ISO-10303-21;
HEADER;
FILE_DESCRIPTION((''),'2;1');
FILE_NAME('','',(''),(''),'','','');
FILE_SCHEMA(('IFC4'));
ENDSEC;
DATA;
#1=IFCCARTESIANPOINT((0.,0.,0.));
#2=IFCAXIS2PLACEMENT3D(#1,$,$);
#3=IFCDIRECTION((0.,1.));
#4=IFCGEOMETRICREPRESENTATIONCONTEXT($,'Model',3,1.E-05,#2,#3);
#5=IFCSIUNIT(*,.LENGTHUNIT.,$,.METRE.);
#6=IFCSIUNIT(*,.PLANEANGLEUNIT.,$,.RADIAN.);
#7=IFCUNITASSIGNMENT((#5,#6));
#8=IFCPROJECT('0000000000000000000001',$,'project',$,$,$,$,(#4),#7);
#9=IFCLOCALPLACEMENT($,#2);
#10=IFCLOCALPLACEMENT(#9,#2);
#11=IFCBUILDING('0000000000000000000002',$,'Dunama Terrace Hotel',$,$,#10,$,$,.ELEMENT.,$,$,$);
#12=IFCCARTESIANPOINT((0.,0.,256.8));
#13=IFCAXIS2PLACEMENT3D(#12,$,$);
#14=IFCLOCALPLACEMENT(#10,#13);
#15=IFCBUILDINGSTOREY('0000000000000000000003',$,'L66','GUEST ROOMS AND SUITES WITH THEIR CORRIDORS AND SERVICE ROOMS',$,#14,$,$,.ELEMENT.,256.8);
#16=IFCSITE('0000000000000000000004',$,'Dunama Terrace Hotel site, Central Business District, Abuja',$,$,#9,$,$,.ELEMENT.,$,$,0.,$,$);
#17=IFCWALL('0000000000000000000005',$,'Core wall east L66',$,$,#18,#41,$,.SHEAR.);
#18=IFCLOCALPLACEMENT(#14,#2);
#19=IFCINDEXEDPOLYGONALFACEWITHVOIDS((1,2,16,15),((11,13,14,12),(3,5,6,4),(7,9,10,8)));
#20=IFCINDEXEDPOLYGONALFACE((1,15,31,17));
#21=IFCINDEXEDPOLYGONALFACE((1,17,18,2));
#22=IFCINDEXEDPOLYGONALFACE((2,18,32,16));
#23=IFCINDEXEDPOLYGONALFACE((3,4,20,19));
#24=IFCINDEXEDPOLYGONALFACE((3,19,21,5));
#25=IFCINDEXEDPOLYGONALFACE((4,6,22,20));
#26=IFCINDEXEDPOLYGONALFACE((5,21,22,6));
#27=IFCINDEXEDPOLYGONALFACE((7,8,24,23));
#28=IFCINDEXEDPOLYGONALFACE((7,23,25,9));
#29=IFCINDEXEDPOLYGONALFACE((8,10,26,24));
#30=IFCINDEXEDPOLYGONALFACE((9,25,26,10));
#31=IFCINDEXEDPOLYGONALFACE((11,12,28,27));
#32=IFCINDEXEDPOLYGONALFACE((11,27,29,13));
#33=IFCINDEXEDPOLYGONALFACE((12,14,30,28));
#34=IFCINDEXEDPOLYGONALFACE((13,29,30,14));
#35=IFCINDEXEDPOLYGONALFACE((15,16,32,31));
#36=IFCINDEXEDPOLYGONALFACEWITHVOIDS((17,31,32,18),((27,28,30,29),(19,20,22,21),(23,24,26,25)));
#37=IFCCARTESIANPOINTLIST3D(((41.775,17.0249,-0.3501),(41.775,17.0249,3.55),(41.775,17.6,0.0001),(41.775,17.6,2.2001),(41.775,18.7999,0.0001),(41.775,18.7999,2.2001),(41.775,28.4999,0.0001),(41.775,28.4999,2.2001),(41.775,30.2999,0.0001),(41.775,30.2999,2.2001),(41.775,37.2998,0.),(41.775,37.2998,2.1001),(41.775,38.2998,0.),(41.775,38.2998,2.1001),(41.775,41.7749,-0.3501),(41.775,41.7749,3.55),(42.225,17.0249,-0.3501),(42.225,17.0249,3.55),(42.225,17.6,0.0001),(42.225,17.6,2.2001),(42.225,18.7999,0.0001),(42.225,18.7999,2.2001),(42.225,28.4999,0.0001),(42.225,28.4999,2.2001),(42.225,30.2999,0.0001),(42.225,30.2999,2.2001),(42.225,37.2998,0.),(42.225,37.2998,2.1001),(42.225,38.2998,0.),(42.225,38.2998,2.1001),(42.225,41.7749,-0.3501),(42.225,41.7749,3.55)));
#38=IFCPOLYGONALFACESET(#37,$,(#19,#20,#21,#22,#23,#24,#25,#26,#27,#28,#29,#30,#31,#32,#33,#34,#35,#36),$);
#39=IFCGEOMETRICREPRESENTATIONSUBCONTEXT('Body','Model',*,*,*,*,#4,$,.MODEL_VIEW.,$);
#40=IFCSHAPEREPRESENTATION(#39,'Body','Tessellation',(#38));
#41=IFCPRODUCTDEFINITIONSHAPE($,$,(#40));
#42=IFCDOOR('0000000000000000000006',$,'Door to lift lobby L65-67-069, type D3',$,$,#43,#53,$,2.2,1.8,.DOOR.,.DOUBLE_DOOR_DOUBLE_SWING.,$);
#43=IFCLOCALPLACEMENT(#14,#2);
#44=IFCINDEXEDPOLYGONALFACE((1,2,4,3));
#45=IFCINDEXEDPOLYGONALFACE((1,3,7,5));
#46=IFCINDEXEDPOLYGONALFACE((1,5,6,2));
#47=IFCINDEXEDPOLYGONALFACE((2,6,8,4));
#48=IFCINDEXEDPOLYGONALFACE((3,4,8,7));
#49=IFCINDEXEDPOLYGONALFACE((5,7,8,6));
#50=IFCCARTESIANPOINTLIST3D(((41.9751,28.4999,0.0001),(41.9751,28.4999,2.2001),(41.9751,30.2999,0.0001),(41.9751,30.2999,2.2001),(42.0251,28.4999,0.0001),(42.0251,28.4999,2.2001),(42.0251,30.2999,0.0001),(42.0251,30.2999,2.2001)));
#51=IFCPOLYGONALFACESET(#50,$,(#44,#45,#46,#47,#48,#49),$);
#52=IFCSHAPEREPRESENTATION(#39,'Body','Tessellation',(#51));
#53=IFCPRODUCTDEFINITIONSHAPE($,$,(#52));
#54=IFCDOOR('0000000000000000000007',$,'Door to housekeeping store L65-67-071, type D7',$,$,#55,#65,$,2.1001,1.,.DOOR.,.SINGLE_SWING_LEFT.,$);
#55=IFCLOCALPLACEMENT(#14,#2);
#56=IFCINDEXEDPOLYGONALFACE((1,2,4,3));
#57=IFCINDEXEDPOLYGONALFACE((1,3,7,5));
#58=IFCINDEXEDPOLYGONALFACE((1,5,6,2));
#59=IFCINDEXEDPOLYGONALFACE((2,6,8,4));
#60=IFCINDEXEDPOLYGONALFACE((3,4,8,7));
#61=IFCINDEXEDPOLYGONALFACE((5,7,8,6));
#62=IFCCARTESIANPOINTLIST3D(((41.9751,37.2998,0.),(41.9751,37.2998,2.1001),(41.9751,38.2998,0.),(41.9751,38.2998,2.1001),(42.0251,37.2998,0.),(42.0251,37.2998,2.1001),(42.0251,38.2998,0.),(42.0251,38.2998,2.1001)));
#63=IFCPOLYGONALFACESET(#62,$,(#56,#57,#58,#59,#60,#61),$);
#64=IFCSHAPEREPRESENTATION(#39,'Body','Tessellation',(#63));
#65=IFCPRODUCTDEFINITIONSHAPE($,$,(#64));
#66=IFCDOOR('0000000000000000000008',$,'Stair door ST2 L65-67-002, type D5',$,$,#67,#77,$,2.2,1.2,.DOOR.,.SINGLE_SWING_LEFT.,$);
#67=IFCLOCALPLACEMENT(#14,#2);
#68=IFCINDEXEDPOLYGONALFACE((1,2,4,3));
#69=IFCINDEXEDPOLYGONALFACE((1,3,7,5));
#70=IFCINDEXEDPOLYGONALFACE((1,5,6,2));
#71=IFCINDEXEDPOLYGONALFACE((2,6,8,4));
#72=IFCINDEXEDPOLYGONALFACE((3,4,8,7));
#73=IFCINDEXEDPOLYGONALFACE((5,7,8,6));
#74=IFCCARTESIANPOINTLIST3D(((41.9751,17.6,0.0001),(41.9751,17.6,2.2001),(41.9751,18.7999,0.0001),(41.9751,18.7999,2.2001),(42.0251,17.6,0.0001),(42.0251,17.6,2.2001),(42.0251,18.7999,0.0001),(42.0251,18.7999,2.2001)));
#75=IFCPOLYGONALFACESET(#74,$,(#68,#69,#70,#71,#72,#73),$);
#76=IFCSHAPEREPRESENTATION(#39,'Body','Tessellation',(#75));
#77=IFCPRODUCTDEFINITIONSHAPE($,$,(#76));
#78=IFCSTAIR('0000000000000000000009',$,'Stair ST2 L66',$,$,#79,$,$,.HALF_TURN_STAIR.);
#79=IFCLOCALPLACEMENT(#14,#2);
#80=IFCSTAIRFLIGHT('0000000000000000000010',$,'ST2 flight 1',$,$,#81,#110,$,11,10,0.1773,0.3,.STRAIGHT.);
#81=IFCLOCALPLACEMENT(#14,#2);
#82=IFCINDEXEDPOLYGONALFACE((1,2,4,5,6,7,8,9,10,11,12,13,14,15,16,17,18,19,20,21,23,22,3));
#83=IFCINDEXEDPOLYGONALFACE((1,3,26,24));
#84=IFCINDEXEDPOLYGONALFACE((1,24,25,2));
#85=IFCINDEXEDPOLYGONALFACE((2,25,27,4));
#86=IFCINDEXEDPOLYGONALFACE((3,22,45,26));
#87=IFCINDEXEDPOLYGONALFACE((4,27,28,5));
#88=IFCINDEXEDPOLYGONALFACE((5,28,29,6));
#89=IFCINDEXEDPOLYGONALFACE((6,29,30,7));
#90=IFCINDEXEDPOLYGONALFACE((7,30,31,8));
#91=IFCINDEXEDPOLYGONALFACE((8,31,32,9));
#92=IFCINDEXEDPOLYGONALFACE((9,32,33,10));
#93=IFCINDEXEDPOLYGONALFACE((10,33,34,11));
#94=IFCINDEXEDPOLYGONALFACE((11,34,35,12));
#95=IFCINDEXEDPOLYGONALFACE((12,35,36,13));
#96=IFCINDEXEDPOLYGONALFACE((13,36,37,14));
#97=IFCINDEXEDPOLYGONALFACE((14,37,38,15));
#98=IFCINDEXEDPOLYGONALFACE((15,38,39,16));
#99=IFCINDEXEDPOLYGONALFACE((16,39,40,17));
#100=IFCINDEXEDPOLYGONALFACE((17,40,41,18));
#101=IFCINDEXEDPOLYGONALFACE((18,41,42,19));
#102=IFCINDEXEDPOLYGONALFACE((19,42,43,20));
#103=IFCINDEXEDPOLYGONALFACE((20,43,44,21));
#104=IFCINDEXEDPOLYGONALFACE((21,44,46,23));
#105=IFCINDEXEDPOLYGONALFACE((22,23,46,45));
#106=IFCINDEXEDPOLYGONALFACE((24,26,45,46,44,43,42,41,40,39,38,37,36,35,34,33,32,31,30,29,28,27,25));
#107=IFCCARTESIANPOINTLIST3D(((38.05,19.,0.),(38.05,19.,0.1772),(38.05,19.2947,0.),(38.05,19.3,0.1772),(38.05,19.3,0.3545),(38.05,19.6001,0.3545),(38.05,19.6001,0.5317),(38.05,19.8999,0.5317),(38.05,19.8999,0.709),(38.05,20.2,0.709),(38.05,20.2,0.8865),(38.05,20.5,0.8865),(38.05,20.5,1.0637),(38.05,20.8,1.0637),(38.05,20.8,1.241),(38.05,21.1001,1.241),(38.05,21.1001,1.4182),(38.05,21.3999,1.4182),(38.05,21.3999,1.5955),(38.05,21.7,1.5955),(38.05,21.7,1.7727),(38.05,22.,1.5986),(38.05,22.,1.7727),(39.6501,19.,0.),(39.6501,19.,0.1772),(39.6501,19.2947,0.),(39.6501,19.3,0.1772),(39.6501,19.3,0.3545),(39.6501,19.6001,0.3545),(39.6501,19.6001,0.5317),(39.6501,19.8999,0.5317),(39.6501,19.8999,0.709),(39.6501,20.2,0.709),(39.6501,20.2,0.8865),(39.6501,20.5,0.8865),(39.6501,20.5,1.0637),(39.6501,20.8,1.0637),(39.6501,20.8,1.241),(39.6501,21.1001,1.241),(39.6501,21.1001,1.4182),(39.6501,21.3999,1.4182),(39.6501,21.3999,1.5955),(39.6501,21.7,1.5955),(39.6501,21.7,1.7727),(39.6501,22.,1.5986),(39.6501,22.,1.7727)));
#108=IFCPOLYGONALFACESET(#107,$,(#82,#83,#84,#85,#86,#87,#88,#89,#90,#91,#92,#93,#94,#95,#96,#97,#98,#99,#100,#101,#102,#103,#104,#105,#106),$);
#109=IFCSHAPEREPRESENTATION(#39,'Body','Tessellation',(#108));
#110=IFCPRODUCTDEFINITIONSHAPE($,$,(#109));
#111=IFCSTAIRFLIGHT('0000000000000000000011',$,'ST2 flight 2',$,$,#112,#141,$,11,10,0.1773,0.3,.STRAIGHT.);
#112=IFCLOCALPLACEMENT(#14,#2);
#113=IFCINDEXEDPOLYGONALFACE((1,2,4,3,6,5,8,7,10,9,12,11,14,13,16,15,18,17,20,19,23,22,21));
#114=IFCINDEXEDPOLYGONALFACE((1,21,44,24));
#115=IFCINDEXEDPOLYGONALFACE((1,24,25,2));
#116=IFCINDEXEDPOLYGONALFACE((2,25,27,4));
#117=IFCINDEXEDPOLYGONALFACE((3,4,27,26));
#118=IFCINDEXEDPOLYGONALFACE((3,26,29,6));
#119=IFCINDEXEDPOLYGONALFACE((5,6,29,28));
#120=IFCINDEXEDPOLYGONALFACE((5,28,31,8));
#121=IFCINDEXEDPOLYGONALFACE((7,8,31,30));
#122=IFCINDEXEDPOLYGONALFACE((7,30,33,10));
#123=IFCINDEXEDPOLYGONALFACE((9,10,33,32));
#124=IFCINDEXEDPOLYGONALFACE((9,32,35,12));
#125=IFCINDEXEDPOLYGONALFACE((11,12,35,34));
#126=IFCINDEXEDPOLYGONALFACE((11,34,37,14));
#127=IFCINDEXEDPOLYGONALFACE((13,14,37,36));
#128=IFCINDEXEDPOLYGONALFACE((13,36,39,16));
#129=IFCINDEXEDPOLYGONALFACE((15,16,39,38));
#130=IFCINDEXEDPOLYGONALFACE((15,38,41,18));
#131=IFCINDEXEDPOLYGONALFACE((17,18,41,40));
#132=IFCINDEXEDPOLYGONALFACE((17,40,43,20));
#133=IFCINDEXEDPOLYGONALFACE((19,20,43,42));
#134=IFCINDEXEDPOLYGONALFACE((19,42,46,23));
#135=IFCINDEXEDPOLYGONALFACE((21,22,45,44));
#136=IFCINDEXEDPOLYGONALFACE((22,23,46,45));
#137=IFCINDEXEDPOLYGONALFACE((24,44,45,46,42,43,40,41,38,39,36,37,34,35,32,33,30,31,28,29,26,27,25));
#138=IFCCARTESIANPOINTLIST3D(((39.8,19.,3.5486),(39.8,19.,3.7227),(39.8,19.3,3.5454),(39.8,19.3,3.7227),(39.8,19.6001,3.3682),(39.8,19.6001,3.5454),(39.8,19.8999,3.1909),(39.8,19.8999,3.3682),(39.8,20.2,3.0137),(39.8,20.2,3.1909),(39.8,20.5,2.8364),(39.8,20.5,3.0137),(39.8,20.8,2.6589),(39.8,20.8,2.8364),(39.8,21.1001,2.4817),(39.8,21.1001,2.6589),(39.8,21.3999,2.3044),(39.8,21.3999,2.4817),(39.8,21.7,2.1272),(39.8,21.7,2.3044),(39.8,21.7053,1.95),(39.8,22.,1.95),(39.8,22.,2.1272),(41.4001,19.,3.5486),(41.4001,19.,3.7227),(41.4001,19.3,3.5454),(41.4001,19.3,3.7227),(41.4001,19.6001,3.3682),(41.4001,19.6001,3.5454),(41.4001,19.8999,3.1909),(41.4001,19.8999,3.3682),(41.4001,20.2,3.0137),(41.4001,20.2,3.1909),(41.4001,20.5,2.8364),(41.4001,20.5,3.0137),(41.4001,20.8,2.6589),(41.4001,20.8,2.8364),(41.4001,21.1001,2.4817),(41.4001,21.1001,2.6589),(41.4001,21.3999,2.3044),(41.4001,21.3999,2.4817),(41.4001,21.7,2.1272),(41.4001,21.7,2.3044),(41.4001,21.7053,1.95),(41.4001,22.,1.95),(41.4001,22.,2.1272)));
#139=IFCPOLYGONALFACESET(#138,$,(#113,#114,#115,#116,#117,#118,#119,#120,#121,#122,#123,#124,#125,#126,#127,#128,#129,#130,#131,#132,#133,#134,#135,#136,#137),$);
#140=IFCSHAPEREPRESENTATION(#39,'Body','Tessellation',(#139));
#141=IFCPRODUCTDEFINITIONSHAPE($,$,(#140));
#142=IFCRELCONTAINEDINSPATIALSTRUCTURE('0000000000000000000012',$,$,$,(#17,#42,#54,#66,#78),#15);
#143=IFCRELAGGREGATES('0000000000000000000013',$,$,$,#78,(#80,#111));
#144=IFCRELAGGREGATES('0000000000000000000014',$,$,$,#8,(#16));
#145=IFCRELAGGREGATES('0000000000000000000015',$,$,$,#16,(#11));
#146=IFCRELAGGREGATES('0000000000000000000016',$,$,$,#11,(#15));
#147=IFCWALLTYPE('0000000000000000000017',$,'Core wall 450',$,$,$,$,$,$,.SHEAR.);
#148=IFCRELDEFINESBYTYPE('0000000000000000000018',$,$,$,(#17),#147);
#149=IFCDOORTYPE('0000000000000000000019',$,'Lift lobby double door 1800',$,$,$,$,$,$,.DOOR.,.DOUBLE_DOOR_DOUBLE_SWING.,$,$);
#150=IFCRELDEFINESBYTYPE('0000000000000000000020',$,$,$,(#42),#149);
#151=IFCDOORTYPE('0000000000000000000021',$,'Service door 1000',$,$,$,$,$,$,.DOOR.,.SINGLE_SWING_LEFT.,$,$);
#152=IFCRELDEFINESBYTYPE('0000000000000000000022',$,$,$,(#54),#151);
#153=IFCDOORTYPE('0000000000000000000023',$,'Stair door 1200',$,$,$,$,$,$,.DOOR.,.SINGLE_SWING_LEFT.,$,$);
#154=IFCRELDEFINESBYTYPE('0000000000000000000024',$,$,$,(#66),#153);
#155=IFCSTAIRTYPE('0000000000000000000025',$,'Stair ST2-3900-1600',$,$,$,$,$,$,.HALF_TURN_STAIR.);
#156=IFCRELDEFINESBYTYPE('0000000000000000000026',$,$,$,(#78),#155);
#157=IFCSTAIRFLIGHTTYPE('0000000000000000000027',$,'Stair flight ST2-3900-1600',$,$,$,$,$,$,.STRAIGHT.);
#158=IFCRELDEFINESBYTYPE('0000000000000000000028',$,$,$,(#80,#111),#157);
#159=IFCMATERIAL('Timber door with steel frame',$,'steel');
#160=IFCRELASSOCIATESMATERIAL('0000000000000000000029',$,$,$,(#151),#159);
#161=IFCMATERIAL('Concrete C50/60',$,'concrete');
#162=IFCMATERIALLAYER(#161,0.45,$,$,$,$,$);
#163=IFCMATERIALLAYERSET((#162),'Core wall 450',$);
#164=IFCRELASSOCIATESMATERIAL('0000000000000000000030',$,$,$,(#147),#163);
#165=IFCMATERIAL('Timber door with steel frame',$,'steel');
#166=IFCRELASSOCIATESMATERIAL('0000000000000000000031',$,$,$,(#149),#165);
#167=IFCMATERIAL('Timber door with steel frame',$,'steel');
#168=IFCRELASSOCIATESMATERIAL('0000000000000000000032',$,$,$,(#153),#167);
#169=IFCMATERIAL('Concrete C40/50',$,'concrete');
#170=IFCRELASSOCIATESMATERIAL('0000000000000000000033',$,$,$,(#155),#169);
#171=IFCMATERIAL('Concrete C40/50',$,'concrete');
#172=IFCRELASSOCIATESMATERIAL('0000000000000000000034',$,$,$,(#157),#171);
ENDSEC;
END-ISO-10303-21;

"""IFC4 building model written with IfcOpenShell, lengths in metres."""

from ifc_helpers import new_model, si_unit, direction, frame, frame_2d, origin, place, context, subcontext, project, spatial, polyline, rectangle, outline, extrude, material, layer, layer_set, type_object, element, fill, aggregate, save


model = new_model("IFC4")

# Units and contexts
model_context = context("Model", 3, precision=1e-05, world=origin(), true_north=direction((0.0, 1.0)))
body_context = subcontext(model_context, "Body", "Model", "MODEL_VIEW")
ifc_project = project(units=[si_unit("LENGTHUNIT", "METRE"), si_unit("PLANEANGLEUNIT", "RADIAN")], contexts=[model_context])

# Site, building, storey
site_placement = place(None, origin())
site = spatial("IfcSite", under=ifc_project, at=site_placement, Name="Dunama Terrace Hotel site, Central Business District, Abuja", CompositionType="ELEMENT", RefElevation=0.0)
building_placement = place(site_placement, origin())
building = spatial("IfcBuilding", under=site, at=building_placement, Name="Dunama Terrace Hotel", CompositionType="ELEMENT")
storey_placement = place(building_placement, frame((0.0, 0.0, 256.8)))
storey = spatial("IfcBuildingStorey", under=building, at=storey_placement, Name="L66", Description="GUEST ROOMS AND SUITES WITH THEIR CORRIDORS AND SERVICE ROOMS", CompositionType="ELEMENT", Elevation=256.8)

# Shared definitions
ifc_material_1 = material(Name="Timber door with steel frame", Category="steel")
door_type_1 = type_object("IfcDoorType", Name="Service door 1000", OperationType="SINGLE_SWING_LEFT", PredefinedType="DOOR", material=ifc_material_1)

# Wall, openings, doors
ifc_material_2 = material(Name="Concrete C50/60", Category="concrete")
ifc_layer_1 = layer(ifc_material_2, 0.45)
ifc_layer_set_1 = layer_set([ifc_layer_1], Name="Core wall 450")
wall_type_1 = type_object("IfcWallType", Name="Core wall 450", PredefinedType="SHEAR", material=ifc_layer_set_1)
wall_1_placement = place(storey_placement, frame((42.0, 17.0249, -0.3501), z_axis=(0.0, 0.0, 1.0), x_axis=(0.0, 1.0, 0.0)))
wall_1 = element("IfcWall", 1, at=wall_1_placement, inside=storey, type_object=wall_type_1, Name="Core wall east L66", PredefinedType="SHEAR", context=body_context, shape_type="SweptSolid", body=[
    extrude(rectangle(XDim=24.75, YDim=0.45, at=frame_2d((12.375, 0.0))), origin(), (0.0, 0.0, 1.0), 3.9001),
])
opening_1_placement = place(wall_1_placement, frame((0.575, 0.0, 0.3501)))
opening_1 = element("IfcOpeningElement", 2, at=opening_1_placement, cuts=wall_1, PredefinedType="OPENING", context=body_context, shape_type="SweptSolid", body=[
    extrude(rectangle(XDim=1.2, YDim=2.2, at=frame_2d((0.6001, 1.1001))), frame((0.0, 0.2349, 0.0), z_axis=(0.0, -1.0, 0.0), x_axis=(1.0, 0.0, 0.0)), (0.0, 0.0, 1.0), 0.47),
])
opening_2_placement = place(wall_1_placement, frame((11.4751, 0.0, 0.3501)))
opening_2 = element("IfcOpeningElement", 3, at=opening_2_placement, cuts=wall_1, PredefinedType="OPENING", context=body_context, shape_type="SweptSolid", body=[
    extrude(rectangle(XDim=1.8, YDim=2.2, at=frame_2d((0.8999, 1.1001))), frame((0.0, 0.2349, 0.0), z_axis=(0.0, -1.0, 0.0), x_axis=(1.0, 0.0, 0.0)), (0.0, 0.0, 1.0), 0.47),
])
opening_3_placement = place(wall_1_placement, frame((20.2749, 0.0, 0.3501)))
opening_3 = element("IfcOpeningElement", 4, at=opening_3_placement, cuts=wall_1, PredefinedType="OPENING", context=body_context, shape_type="SweptSolid", body=[
    extrude(rectangle(XDim=1.0, YDim=2.1001, at=frame_2d((0.5, 1.05))), frame((0.0, 0.2349, 0.0), z_axis=(0.0, -1.0, 0.0), x_axis=(1.0, 0.0, 0.0)), (0.0, 0.0, 1.0), 0.47),
])
ifc_material_3 = material(Name="Timber door with steel frame", Category="steel")
door_type_2 = type_object("IfcDoorType", Name="Lift lobby double door 1800", OperationType="DOUBLE_DOOR_DOUBLE_SWING", PredefinedType="DOOR", material=ifc_material_3)
door_1_placement = place(opening_2_placement, origin())
door_1 = element("IfcDoor", 5, at=door_1_placement, inside=storey, type_object=door_type_2, Name="Door to lift lobby L65-67-069, type D3", OperationType="DOUBLE_DOOR_DOUBLE_SWING", OverallHeight=2.2, OverallWidth=1.8, PredefinedType="DOOR", context=body_context, shape_type="SweptSolid", body=[
    extrude(rectangle(XDim=1.8, YDim=2.2, at=frame_2d((0.8999, 1.1001))), frame((0.0, 0.0249, 0.0), z_axis=(0.0, -1.0, 0.0), x_axis=(1.0, 0.0, 0.0)), (0.0, 0.0, 1.0), 0.05),
])
fill(opening_2, door_1)
door_2_placement = place(opening_3_placement, origin())
door_2 = element("IfcDoor", 6, at=door_2_placement, inside=storey, type_object=door_type_1, Name="Door to housekeeping store L65-67-071, type D7", OperationType="SINGLE_SWING_LEFT", OverallHeight=2.1001, OverallWidth=1.0, PredefinedType="DOOR", context=body_context, shape_type="SweptSolid", body=[
    extrude(rectangle(XDim=1.0, YDim=2.1001, at=frame_2d((0.5, 1.05))), frame((0.0, 0.0249, 0.0), z_axis=(0.0, -1.0, 0.0), x_axis=(1.0, 0.0, 0.0)), (0.0, 0.0, 1.0), 0.05),
])
fill(opening_3, door_2)
ifc_material_4 = material(Name="Timber door with steel frame", Category="steel")
door_type_3 = type_object("IfcDoorType", Name="Stair door 1200", OperationType="SINGLE_SWING_LEFT", PredefinedType="DOOR", material=ifc_material_4)
door_3_placement = place(opening_1_placement, origin())
door_3 = element("IfcDoor", 7, at=door_3_placement, inside=storey, type_object=door_type_3, Name="Stair door ST2 L65-67-002, type D5", OperationType="SINGLE_SWING_LEFT", OverallHeight=2.2, OverallWidth=1.2, PredefinedType="DOOR", context=body_context, shape_type="SweptSolid", body=[
    extrude(rectangle(XDim=1.2, YDim=2.2, at=frame_2d((0.6001, 1.1001))), frame((0.0, 0.0249, 0.0), z_axis=(0.0, -1.0, 0.0), x_axis=(1.0, 0.0, 0.0)), (0.0, 0.0, 1.0), 0.05),
])
fill(opening_1, door_3)

# Stair, stair flights
ifc_material_5 = material(Name="Concrete C40/50", Category="concrete")
stair_type = type_object("IfcStairType", Name="Stair ST2-3900-1600", PredefinedType="HALF_TURN_STAIR", material=ifc_material_5)
stair_placement = place(storey_placement, origin())
stair = element("IfcStair", 8, at=stair_placement, inside=storey, type_object=stair_type, Name="Stair ST2 L66", PredefinedType="HALF_TURN_STAIR")
ifc_material_6 = material(Name="Concrete C40/50", Category="concrete")
stair_flight_type = type_object("IfcStairFlightType", Name="Stair flight ST2-3900-1600", PredefinedType="STRAIGHT", material=ifc_material_6)
stair_flight_1_placement = place(storey_placement, frame((38.8501, 19.0, 0.0), z_axis=(0.0, 0.0, 1.0), x_axis=(0.0, 1.0, 0.0)))
stair_flight_1 = element("IfcStairFlight", 9, at=stair_flight_1_placement, type_object=stair_flight_type, Name="ST2 flight 1", NumberOfRisers=11, NumberOfTreads=10, PredefinedType="STRAIGHT", RiserHeight=0.1773, TreadLength=0.3, context=body_context, shape_type="SweptSolid", body=[
    extrude(outline(polyline([(0.0, 0.0), (0.0, 0.1772), (0.3, 0.1772), (0.3, 0.3545), (0.6001, 0.3545), (0.6001, 0.5317), (0.8999, 0.5317), (0.8999, 0.709), (1.2, 0.709), (1.2, 0.8865), (1.5, 0.8865), (1.5, 1.0637), (1.8, 1.0637), (1.8, 1.241), (2.1001, 1.241), (2.1001, 1.4182), (2.3999, 1.4182), (2.3999, 1.5955), (2.7, 1.5955), (2.7, 1.7727), (3.0, 1.7727), (3.0, 1.95), (3.0, 1.5986), (0.2947, 0.0), (0.0, 0.0)])), frame((0.0, 0.8, 0.0), z_axis=(0.0, -1.0, 0.0), x_axis=(1.0, 0.0, 0.0)), (0.0, 0.0, 1.0), 1.6001),
])
stair_flight_2_placement = place(storey_placement, frame((40.6001, 22.0, 1.95), z_axis=(0.0, 0.0, 1.0), x_axis=(0.0, -1.0, 0.0)))
stair_flight_2 = element("IfcStairFlight", 10, at=stair_flight_2_placement, type_object=stair_flight_type, Name="ST2 flight 2", NumberOfRisers=11, NumberOfTreads=10, PredefinedType="STRAIGHT", RiserHeight=0.1773, TreadLength=0.3, context=body_context, shape_type="SweptSolid", body=[
    extrude(outline(polyline([(0.0, 0.0), (0.0, 0.1772), (0.3, 0.1772), (0.3, 0.3545), (0.6001, 0.3545), (0.6001, 0.5317), (0.8999, 0.5317), (0.8999, 0.709), (1.2, 0.709), (1.2, 0.8865), (1.5, 0.8865), (1.5, 1.0637), (1.8, 1.0637), (1.8, 1.241), (2.1001, 1.241), (2.1001, 1.4182), (2.3999, 1.4182), (2.3999, 1.5955), (2.7, 1.5955), (2.7, 1.7727), (3.0, 1.7727), (3.0, 1.95), (3.0, 1.5986), (0.2947, 0.0), (0.0, 0.0)])), frame((0.0, 0.8, 0.0), z_axis=(0.0, -1.0, 0.0), x_axis=(1.0, 0.0, 0.0)), (0.0, 0.0, 1.0), 1.6001),
])
aggregate(stair, [stair_flight_1, stair_flight_2])

save(model, "model.ifc")
